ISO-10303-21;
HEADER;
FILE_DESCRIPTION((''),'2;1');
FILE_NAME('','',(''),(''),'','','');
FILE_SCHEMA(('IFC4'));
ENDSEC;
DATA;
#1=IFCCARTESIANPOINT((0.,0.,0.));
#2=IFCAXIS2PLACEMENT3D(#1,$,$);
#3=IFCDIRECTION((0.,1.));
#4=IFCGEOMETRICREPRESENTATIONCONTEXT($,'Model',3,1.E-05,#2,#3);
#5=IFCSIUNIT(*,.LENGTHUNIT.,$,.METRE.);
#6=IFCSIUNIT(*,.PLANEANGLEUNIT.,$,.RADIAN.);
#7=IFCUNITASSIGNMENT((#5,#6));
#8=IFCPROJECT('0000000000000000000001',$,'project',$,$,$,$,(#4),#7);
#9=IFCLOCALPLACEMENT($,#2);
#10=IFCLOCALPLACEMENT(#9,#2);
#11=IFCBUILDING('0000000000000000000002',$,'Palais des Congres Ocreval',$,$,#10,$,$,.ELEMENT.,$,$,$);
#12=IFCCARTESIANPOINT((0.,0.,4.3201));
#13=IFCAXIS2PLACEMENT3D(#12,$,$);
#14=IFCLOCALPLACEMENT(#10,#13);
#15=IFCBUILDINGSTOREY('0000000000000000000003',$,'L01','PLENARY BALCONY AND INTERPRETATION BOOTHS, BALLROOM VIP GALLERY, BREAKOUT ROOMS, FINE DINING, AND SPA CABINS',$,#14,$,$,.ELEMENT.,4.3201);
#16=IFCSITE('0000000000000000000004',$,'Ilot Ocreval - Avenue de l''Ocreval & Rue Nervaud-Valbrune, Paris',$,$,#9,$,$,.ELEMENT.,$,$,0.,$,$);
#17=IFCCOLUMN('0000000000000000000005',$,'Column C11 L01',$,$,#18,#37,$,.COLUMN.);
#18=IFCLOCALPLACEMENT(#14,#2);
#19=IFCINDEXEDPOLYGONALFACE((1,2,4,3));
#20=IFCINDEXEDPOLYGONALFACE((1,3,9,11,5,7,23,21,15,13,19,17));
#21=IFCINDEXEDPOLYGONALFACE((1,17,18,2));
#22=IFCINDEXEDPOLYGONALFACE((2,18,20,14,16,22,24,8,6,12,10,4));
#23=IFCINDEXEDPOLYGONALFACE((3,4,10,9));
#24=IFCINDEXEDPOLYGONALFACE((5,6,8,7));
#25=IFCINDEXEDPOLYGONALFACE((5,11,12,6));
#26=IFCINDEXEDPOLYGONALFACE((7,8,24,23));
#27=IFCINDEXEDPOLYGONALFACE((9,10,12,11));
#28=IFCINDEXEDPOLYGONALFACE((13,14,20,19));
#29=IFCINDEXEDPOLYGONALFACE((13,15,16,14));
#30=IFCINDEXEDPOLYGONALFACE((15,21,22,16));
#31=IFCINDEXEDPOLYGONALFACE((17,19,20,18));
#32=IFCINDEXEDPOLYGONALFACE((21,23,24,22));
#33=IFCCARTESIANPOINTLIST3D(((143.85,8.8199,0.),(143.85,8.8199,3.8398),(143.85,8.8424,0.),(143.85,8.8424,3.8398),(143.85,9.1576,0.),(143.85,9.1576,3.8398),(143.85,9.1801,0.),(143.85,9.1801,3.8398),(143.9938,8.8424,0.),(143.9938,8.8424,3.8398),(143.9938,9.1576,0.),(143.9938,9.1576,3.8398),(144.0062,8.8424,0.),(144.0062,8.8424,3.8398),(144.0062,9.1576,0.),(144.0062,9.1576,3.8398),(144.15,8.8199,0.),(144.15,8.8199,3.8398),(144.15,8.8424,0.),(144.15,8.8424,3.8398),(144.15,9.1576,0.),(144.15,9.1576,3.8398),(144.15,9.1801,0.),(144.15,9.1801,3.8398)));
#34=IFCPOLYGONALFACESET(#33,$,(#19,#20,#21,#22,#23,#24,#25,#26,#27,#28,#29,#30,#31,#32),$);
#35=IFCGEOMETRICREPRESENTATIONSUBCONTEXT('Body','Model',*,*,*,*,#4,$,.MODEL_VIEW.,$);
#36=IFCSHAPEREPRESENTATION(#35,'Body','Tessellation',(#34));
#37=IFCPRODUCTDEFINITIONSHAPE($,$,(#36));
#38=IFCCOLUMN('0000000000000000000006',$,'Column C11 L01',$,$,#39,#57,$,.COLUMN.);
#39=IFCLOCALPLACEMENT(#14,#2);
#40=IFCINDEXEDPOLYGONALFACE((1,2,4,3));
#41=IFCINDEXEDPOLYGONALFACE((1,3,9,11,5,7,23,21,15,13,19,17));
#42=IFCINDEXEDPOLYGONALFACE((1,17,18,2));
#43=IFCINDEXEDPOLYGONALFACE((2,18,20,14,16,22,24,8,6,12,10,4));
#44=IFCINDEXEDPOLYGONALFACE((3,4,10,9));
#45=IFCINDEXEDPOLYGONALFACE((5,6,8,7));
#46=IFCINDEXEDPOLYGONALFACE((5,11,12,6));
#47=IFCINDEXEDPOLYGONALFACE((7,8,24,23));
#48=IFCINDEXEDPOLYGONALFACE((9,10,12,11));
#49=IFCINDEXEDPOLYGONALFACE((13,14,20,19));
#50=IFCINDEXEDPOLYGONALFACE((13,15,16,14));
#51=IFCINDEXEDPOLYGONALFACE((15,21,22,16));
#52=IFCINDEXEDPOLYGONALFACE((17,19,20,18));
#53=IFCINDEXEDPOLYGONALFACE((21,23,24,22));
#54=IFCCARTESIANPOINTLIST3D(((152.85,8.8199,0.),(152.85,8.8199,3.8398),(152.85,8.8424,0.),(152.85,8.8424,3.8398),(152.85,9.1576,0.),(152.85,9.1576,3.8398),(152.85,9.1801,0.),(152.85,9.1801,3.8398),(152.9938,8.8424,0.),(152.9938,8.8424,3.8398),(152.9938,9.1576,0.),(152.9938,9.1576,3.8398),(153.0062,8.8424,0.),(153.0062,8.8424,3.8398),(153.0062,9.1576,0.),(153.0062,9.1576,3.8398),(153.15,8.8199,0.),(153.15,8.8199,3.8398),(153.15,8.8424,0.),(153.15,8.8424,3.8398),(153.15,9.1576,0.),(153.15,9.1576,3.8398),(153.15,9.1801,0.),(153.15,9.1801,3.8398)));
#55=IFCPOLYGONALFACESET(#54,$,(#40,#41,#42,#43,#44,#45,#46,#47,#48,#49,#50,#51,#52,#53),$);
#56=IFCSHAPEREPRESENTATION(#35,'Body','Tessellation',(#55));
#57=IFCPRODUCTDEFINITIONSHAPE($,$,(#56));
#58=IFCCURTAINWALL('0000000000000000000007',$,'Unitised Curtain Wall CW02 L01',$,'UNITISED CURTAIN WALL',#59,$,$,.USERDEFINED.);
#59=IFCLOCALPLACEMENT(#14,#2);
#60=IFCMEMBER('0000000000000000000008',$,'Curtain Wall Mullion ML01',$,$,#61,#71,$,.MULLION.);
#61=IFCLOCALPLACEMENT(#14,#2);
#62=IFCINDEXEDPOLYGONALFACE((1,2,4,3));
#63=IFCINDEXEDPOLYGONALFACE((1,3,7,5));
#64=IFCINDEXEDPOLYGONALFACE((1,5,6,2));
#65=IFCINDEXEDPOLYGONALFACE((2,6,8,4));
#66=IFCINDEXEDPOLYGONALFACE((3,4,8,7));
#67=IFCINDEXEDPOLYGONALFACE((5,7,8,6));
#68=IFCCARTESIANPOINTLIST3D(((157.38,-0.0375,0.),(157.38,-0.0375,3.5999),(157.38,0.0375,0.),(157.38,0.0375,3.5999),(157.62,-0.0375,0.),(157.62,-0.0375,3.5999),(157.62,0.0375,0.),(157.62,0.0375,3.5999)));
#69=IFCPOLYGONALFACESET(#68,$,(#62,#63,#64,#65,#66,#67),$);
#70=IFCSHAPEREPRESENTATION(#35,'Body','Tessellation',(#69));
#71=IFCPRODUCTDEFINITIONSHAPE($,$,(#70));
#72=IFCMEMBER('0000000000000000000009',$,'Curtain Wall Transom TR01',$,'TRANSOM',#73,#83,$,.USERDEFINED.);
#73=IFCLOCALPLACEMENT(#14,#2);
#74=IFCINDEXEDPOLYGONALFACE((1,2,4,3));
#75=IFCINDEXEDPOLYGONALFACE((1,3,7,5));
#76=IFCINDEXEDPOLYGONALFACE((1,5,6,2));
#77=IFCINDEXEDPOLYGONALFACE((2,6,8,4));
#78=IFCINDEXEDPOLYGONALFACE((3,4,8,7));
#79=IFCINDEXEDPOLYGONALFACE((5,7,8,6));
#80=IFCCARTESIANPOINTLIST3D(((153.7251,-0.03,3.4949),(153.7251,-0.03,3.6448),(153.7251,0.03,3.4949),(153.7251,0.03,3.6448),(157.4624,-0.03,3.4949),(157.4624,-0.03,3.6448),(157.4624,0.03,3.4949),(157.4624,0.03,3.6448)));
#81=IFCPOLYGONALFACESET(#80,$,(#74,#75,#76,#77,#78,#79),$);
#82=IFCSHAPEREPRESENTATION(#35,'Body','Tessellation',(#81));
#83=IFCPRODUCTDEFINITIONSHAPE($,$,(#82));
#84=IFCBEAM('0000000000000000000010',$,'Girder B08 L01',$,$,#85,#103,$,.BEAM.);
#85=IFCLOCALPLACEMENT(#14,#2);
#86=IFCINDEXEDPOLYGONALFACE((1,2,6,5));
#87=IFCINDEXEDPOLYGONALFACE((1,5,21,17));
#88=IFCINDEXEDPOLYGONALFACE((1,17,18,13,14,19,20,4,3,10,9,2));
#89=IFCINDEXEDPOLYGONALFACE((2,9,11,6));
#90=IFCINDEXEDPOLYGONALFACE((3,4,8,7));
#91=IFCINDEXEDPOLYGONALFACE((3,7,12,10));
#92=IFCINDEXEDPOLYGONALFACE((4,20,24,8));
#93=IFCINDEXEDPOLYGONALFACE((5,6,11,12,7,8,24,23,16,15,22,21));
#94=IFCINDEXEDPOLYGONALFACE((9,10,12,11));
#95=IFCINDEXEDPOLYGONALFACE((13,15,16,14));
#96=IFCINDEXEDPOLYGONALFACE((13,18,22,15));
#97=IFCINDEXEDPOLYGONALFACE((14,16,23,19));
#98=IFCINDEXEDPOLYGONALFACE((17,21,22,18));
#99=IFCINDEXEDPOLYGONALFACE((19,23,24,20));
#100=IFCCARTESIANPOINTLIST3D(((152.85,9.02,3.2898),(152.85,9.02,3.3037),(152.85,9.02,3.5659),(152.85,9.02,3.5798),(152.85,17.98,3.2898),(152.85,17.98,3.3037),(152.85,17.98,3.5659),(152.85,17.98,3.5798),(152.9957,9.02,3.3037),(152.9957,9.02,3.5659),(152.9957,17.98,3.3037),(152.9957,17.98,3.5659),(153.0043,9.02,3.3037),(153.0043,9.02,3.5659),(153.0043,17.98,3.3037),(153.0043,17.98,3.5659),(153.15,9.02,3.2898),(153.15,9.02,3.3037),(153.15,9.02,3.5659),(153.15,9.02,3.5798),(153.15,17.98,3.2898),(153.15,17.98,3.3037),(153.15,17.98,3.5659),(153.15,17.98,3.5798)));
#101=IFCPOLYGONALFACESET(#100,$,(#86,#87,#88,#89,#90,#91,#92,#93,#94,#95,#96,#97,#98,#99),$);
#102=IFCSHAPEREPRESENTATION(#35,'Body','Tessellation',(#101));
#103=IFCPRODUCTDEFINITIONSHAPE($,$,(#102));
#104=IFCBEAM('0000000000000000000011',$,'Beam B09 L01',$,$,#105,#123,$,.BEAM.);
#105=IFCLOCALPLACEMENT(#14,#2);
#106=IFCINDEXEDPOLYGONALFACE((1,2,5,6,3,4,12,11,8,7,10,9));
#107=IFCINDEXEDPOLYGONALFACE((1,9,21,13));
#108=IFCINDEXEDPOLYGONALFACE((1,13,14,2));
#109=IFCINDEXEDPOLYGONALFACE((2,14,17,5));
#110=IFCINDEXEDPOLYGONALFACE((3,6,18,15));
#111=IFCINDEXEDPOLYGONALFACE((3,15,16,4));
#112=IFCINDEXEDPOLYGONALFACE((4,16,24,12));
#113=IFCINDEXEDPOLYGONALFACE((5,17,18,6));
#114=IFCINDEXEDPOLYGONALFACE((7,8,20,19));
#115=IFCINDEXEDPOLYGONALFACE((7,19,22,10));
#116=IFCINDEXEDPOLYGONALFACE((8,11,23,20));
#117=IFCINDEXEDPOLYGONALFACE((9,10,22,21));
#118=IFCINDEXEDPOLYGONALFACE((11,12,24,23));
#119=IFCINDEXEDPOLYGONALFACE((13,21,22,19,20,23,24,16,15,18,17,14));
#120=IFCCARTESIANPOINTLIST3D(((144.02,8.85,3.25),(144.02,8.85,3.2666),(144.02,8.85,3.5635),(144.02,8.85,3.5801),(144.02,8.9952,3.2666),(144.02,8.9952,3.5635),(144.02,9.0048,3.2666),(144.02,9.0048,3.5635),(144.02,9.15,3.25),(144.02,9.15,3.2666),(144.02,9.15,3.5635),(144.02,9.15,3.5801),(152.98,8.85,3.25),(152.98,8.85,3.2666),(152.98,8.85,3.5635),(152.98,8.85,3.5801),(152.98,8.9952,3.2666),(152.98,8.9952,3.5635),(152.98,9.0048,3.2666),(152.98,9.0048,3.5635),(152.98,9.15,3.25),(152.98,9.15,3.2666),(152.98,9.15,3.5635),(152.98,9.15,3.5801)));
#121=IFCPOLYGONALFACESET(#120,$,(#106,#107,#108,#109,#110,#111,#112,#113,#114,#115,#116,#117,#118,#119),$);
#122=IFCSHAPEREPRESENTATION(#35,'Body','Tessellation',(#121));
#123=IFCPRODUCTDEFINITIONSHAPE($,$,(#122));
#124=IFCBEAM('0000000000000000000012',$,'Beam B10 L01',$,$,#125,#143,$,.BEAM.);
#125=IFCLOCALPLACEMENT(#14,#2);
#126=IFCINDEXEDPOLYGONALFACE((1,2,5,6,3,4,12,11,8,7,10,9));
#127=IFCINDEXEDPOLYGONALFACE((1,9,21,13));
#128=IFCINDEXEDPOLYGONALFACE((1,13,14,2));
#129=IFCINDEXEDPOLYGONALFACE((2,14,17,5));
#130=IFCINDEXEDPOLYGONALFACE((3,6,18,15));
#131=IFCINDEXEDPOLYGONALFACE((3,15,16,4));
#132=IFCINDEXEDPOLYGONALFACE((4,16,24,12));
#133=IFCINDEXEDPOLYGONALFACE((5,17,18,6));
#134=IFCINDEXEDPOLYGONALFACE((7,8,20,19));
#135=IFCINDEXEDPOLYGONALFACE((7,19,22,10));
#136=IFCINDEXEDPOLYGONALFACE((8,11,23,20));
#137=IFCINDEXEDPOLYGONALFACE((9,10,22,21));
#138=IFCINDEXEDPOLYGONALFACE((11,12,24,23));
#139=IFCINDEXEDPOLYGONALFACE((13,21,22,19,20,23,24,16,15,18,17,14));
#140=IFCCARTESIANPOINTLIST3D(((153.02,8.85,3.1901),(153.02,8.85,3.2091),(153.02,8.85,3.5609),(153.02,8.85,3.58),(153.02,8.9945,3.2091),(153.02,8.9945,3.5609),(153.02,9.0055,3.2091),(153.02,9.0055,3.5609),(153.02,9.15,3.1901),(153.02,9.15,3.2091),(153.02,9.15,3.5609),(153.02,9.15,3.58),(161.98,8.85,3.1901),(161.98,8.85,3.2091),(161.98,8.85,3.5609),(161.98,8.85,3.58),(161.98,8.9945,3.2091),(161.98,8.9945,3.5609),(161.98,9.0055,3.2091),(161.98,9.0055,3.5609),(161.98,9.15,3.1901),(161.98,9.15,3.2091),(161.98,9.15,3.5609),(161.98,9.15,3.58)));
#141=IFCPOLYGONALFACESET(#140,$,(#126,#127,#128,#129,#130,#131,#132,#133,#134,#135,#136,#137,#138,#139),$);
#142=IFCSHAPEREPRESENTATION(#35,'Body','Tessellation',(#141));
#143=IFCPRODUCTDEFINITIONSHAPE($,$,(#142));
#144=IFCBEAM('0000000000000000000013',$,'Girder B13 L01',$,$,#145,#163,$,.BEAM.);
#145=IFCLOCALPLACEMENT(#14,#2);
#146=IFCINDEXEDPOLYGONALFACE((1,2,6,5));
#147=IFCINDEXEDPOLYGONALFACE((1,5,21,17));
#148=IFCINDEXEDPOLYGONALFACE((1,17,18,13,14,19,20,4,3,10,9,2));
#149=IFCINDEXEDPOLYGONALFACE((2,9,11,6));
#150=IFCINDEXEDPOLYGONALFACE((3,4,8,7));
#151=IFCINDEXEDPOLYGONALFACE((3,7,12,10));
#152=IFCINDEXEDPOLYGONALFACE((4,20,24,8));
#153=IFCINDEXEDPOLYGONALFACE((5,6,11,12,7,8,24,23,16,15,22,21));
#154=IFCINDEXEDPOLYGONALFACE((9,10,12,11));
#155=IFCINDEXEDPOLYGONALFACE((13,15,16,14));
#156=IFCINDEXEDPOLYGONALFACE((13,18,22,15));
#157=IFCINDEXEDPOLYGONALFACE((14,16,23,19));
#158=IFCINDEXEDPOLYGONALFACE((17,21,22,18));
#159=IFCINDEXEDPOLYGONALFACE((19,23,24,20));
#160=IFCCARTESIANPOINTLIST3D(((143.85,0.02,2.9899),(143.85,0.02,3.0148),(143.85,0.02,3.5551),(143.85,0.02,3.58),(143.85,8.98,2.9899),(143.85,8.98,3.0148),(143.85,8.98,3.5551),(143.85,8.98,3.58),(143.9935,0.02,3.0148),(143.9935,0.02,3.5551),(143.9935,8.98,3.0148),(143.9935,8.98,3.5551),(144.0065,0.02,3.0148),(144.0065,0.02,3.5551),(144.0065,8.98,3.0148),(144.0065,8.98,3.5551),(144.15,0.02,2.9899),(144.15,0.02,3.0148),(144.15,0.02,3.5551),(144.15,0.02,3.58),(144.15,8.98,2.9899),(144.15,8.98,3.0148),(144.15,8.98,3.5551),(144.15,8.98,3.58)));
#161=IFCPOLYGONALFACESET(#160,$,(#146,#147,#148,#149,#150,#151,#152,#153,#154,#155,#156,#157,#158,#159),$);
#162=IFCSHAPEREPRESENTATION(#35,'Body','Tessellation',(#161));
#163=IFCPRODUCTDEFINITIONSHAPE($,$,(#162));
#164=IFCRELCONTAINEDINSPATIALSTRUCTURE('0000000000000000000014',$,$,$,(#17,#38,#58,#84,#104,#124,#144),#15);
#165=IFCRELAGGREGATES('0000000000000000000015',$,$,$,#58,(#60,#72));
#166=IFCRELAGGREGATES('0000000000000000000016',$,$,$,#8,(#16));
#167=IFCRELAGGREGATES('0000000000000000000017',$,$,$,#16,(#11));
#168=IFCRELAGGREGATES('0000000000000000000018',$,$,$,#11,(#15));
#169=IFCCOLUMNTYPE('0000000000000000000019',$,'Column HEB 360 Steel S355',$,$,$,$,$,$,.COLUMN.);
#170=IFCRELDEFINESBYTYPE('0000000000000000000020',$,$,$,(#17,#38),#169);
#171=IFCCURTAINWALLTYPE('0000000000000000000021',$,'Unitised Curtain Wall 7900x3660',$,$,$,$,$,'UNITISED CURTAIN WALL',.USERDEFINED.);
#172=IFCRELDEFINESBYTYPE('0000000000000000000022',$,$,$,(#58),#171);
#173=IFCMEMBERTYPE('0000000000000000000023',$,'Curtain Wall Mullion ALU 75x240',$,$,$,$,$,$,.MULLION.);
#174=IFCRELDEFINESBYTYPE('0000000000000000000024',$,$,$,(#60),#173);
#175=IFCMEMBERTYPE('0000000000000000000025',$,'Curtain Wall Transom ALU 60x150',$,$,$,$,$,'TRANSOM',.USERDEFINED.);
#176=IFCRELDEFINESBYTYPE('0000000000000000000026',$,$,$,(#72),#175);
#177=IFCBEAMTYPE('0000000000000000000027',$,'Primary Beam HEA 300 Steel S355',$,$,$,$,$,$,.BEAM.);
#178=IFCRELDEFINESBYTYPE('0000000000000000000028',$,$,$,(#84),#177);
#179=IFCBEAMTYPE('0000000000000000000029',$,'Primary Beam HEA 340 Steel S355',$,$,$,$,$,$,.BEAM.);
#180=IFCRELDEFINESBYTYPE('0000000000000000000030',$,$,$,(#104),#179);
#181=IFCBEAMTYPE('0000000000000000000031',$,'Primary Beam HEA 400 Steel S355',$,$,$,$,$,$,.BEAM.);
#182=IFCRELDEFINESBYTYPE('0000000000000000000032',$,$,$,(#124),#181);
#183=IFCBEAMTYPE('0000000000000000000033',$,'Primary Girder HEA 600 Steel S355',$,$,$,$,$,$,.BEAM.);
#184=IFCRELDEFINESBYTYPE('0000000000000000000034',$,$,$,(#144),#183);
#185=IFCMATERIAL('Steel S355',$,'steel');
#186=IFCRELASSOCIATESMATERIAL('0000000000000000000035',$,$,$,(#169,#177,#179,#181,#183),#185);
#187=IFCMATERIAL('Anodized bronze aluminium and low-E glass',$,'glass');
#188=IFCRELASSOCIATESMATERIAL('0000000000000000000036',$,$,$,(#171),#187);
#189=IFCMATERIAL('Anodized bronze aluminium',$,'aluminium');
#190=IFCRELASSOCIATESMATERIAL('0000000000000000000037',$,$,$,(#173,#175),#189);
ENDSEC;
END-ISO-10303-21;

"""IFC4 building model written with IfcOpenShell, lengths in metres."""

from ifc_helpers import new_model, si_unit, direction, frame, origin, origin_2d, place, context, subcontext, project, spatial, rectangle, i_section, extrude, material, material_profile, profile_set, type_object, element, aggregate, save


model = new_model("IFC4")

# Units and contexts
model_context = context("Model", 3, precision=1e-05, world=origin(), true_north=direction((0.0, 1.0)))
body_context = subcontext(model_context, "Body", "Model", "MODEL_VIEW")
ifc_project = project(units=[si_unit("LENGTHUNIT", "METRE"), si_unit("PLANEANGLEUNIT", "RADIAN")], contexts=[model_context])

# Site, building, storey
site_placement = place(None, origin())
site = spatial("IfcSite", under=ifc_project, at=site_placement, Name="Ilot Ocreval - Avenue de l'Ocreval & Rue Nervaud-Valbrune, Paris", CompositionType="ELEMENT", RefElevation=0.0)
building_placement = place(site_placement, origin())
building = spatial("IfcBuilding", under=site, at=building_placement, Name="Palais des Congres Ocreval", CompositionType="ELEMENT")
storey_placement = place(building_placement, frame((0.0, 0.0, 4.3201)))
storey = spatial("IfcBuildingStorey", under=building, at=storey_placement, Name="L01", Description="PLENARY BALCONY AND INTERPRETATION BOOTHS, BALLROOM VIP GALLERY, BREAKOUT ROOMS, FINE DINING, AND SPA CABINS", CompositionType="ELEMENT", Elevation=4.3201)

# Columns
ifc_material_1 = material(Name="Steel S355", Category="steel")
ifc_material_profile_1 = material_profile(ifc_material_1, i_section(OverallWidth=0.3, OverallDepth=0.3601, WebThickness=0.0125, FlangeThickness=0.0225, at=origin_2d()), Name="HEB 360")
ifc_profile_set_1 = profile_set([ifc_material_profile_1], Name="Steel S355")
column_type = type_object("IfcColumnType", Name="Column HEB 360 Steel S355", PredefinedType="COLUMN", material=ifc_profile_set_1)
for number, where, z_axis, x_axis, name in (
    (1, (144.0, 9.0, 0.0), (0.0, 0.0, 1.0), (1.0, 0.0, 0.0), "Column C11 L01"),
    (2, (153.0, 9.0, 0.0), (0.0, 0.0, 1.0), (1.0, 0.0, 0.0), "Column C11 L01"),
):
    element("IfcColumn", number, at=place(storey_placement, frame(where, z_axis=z_axis, x_axis=x_axis)), inside=storey, type_object=column_type, Name=name, PredefinedType="COLUMN", context=body_context, shape_type="SweptSolid", body=[
        extrude(i_section(OverallWidth=0.3, OverallDepth=0.3601, WebThickness=0.0125, FlangeThickness=0.0225, at=origin_2d()), origin(), (0.0, 0.0, 1.0), 3.8398),
    ])

# Curtain wall, members
ifc_material_2 = material(Name="Anodized bronze aluminium and low-E glass", Category="glass")
curtain_wall_type = type_object("IfcCurtainWallType", Name="Unitised Curtain Wall 7900x3660", ElementType="UNITISED CURTAIN WALL", PredefinedType="USERDEFINED", material=ifc_material_2)
curtain_wall_1_placement = place(storey_placement, origin())
curtain_wall_1 = element("IfcCurtainWall", 3, at=curtain_wall_1_placement, inside=storey, type_object=curtain_wall_type, Name="Unitised Curtain Wall CW02 L01", ObjectType="UNITISED CURTAIN WALL", PredefinedType="USERDEFINED")
ifc_material_3 = material(Name="Anodized bronze aluminium", Category="aluminium")
ifc_material_profile_2 = material_profile(ifc_material_3, rectangle(XDim=0.075, YDim=0.24, at=origin_2d()), Name="ALU 75x240")
ifc_profile_set_2 = profile_set([ifc_material_profile_2], Name="Anodized bronze aluminium")
member_type_1 = type_object("IfcMemberType", Name="Curtain Wall Mullion ALU 75x240", PredefinedType="MULLION", material=ifc_profile_set_2)
member_1_placement = place(storey_placement, frame((157.5, 0.0, 0.0), z_axis=(0.0, 0.0, 1.0), x_axis=(0.0, -1.0, 0.0)))
member_1 = element("IfcMember", 4, at=member_1_placement, type_object=member_type_1, Name="Curtain Wall Mullion ML01", PredefinedType="MULLION", context=body_context, shape_type="SweptSolid", body=[
    extrude(rectangle(XDim=0.075, YDim=0.24, at=origin_2d()), origin(), (0.0, 0.0, 1.0), 3.5999),
])
ifc_material_profile_3 = material_profile(ifc_material_3, rectangle(XDim=0.0601, YDim=0.1499, at=origin_2d()), Name="ALU 60x150")
ifc_profile_set_3 = profile_set([ifc_material_profile_3], Name="Anodized bronze aluminium")
member_type_2 = type_object("IfcMemberType", Name="Curtain Wall Transom ALU 60x150", ElementType="TRANSOM", PredefinedType="USERDEFINED", material=ifc_profile_set_3)
member_2_placement = place(storey_placement, frame((157.4624, 0.0, 3.5698), z_axis=(-1.0, 0.0, 0.0), x_axis=(0.0, -1.0, 0.0)))
member_2 = element("IfcMember", 5, at=member_2_placement, type_object=member_type_2, Name="Curtain Wall Transom TR01", ObjectType="TRANSOM", PredefinedType="USERDEFINED", context=body_context, shape_type="SweptSolid", body=[
    extrude(rectangle(XDim=0.0601, YDim=0.1499, at=origin_2d()), origin(), (0.0, 0.0, 1.0), 3.7373),
])
aggregate(curtain_wall_1, [member_1, member_2])

# Beams
ifc_material_profile_4 = material_profile(ifc_material_1, i_section(OverallWidth=0.3, OverallDepth=0.29, WebThickness=0.0085, FlangeThickness=0.0139, at=origin_2d()), Name="HEA 300")
ifc_profile_set_4 = profile_set([ifc_material_profile_4], Name="Steel S355")
beam_type_1 = type_object("IfcBeamType", Name="Primary Beam HEA 300 Steel S355", PredefinedType="BEAM", material=ifc_profile_set_4)
beam_1_placement = place(storey_placement, frame((153.0, 9.02, 3.4348), z_axis=(0.0, 1.0, 0.0), x_axis=(-1.0, 0.0, 0.0)))
element("IfcBeam", 6, at=beam_1_placement, inside=storey, type_object=beam_type_1, Name="Girder B08 L01", PredefinedType="BEAM", context=body_context, shape_type="SweptSolid", body=[
    extrude(i_section(OverallWidth=0.3, OverallDepth=0.29, WebThickness=0.0085, FlangeThickness=0.0139, at=origin_2d()), origin(), (0.0, 0.0, 1.0), 8.96),
])
ifc_material_profile_5 = material_profile(ifc_material_1, i_section(OverallWidth=0.3, OverallDepth=0.3301, WebThickness=0.0095, FlangeThickness=0.0166, at=origin_2d()), Name="HEA 340")
ifc_profile_set_5 = profile_set([ifc_material_profile_5], Name="Steel S355")
beam_type_2 = type_object("IfcBeamType", Name="Primary Beam HEA 340 Steel S355", PredefinedType="BEAM", material=ifc_profile_set_5)
beam_2_placement = place(storey_placement, frame((144.02, 9.0, 3.415), z_axis=(1.0, 0.0, 0.0), x_axis=(0.0, 1.0, 0.0)))
element("IfcBeam", 7, at=beam_2_placement, inside=storey, type_object=beam_type_2, Name="Beam B09 L01", PredefinedType="BEAM", context=body_context, shape_type="SweptSolid", body=[
    extrude(i_section(OverallWidth=0.3, OverallDepth=0.3301, WebThickness=0.0095, FlangeThickness=0.0166, at=origin_2d()), origin(), (0.0, 0.0, 1.0), 8.96),
])
ifc_material_profile_6 = material_profile(ifc_material_1, i_section(OverallWidth=0.3, OverallDepth=0.3899, WebThickness=0.011, FlangeThickness=0.019, at=origin_2d()), Name="HEA 400")
ifc_profile_set_6 = profile_set([ifc_material_profile_6], Name="Steel S355")
beam_type_3 = type_object("IfcBeamType", Name="Primary Beam HEA 400 Steel S355", PredefinedType="BEAM", material=ifc_profile_set_6)
beam_3_placement = place(storey_placement, frame((153.02, 9.0, 3.385), z_axis=(1.0, 0.0, 0.0), x_axis=(0.0, 1.0, 0.0)))
element("IfcBeam", 8, at=beam_3_placement, inside=storey, type_object=beam_type_3, Name="Beam B10 L01", PredefinedType="BEAM", context=body_context, shape_type="SweptSolid", body=[
    extrude(i_section(OverallWidth=0.3, OverallDepth=0.3899, WebThickness=0.011, FlangeThickness=0.019, at=origin_2d()), origin(), (0.0, 0.0, 1.0), 8.96),
])
ifc_material_profile_7 = material_profile(ifc_material_1, i_section(OverallWidth=0.3, OverallDepth=0.5901, WebThickness=0.0129, FlangeThickness=0.0249, at=origin_2d()), Name="HEA 600")
ifc_profile_set_7 = profile_set([ifc_material_profile_7], Name="Steel S355")
beam_type_4 = type_object("IfcBeamType", Name="Primary Girder HEA 600 Steel S355", PredefinedType="BEAM", material=ifc_profile_set_7)
beam_4_placement = place(storey_placement, frame((144.0, 0.02, 3.2849), z_axis=(0.0, 1.0, 0.0), x_axis=(-1.0, 0.0, 0.0)))
element("IfcBeam", 9, at=beam_4_placement, inside=storey, type_object=beam_type_4, Name="Girder B13 L01", PredefinedType="BEAM", context=body_context, shape_type="SweptSolid", body=[
    extrude(i_section(OverallWidth=0.3, OverallDepth=0.5901, WebThickness=0.0129, FlangeThickness=0.0249, at=origin_2d()), origin(), (0.0, 0.0, 1.0), 8.96),
])

save(model, "model.ifc")
